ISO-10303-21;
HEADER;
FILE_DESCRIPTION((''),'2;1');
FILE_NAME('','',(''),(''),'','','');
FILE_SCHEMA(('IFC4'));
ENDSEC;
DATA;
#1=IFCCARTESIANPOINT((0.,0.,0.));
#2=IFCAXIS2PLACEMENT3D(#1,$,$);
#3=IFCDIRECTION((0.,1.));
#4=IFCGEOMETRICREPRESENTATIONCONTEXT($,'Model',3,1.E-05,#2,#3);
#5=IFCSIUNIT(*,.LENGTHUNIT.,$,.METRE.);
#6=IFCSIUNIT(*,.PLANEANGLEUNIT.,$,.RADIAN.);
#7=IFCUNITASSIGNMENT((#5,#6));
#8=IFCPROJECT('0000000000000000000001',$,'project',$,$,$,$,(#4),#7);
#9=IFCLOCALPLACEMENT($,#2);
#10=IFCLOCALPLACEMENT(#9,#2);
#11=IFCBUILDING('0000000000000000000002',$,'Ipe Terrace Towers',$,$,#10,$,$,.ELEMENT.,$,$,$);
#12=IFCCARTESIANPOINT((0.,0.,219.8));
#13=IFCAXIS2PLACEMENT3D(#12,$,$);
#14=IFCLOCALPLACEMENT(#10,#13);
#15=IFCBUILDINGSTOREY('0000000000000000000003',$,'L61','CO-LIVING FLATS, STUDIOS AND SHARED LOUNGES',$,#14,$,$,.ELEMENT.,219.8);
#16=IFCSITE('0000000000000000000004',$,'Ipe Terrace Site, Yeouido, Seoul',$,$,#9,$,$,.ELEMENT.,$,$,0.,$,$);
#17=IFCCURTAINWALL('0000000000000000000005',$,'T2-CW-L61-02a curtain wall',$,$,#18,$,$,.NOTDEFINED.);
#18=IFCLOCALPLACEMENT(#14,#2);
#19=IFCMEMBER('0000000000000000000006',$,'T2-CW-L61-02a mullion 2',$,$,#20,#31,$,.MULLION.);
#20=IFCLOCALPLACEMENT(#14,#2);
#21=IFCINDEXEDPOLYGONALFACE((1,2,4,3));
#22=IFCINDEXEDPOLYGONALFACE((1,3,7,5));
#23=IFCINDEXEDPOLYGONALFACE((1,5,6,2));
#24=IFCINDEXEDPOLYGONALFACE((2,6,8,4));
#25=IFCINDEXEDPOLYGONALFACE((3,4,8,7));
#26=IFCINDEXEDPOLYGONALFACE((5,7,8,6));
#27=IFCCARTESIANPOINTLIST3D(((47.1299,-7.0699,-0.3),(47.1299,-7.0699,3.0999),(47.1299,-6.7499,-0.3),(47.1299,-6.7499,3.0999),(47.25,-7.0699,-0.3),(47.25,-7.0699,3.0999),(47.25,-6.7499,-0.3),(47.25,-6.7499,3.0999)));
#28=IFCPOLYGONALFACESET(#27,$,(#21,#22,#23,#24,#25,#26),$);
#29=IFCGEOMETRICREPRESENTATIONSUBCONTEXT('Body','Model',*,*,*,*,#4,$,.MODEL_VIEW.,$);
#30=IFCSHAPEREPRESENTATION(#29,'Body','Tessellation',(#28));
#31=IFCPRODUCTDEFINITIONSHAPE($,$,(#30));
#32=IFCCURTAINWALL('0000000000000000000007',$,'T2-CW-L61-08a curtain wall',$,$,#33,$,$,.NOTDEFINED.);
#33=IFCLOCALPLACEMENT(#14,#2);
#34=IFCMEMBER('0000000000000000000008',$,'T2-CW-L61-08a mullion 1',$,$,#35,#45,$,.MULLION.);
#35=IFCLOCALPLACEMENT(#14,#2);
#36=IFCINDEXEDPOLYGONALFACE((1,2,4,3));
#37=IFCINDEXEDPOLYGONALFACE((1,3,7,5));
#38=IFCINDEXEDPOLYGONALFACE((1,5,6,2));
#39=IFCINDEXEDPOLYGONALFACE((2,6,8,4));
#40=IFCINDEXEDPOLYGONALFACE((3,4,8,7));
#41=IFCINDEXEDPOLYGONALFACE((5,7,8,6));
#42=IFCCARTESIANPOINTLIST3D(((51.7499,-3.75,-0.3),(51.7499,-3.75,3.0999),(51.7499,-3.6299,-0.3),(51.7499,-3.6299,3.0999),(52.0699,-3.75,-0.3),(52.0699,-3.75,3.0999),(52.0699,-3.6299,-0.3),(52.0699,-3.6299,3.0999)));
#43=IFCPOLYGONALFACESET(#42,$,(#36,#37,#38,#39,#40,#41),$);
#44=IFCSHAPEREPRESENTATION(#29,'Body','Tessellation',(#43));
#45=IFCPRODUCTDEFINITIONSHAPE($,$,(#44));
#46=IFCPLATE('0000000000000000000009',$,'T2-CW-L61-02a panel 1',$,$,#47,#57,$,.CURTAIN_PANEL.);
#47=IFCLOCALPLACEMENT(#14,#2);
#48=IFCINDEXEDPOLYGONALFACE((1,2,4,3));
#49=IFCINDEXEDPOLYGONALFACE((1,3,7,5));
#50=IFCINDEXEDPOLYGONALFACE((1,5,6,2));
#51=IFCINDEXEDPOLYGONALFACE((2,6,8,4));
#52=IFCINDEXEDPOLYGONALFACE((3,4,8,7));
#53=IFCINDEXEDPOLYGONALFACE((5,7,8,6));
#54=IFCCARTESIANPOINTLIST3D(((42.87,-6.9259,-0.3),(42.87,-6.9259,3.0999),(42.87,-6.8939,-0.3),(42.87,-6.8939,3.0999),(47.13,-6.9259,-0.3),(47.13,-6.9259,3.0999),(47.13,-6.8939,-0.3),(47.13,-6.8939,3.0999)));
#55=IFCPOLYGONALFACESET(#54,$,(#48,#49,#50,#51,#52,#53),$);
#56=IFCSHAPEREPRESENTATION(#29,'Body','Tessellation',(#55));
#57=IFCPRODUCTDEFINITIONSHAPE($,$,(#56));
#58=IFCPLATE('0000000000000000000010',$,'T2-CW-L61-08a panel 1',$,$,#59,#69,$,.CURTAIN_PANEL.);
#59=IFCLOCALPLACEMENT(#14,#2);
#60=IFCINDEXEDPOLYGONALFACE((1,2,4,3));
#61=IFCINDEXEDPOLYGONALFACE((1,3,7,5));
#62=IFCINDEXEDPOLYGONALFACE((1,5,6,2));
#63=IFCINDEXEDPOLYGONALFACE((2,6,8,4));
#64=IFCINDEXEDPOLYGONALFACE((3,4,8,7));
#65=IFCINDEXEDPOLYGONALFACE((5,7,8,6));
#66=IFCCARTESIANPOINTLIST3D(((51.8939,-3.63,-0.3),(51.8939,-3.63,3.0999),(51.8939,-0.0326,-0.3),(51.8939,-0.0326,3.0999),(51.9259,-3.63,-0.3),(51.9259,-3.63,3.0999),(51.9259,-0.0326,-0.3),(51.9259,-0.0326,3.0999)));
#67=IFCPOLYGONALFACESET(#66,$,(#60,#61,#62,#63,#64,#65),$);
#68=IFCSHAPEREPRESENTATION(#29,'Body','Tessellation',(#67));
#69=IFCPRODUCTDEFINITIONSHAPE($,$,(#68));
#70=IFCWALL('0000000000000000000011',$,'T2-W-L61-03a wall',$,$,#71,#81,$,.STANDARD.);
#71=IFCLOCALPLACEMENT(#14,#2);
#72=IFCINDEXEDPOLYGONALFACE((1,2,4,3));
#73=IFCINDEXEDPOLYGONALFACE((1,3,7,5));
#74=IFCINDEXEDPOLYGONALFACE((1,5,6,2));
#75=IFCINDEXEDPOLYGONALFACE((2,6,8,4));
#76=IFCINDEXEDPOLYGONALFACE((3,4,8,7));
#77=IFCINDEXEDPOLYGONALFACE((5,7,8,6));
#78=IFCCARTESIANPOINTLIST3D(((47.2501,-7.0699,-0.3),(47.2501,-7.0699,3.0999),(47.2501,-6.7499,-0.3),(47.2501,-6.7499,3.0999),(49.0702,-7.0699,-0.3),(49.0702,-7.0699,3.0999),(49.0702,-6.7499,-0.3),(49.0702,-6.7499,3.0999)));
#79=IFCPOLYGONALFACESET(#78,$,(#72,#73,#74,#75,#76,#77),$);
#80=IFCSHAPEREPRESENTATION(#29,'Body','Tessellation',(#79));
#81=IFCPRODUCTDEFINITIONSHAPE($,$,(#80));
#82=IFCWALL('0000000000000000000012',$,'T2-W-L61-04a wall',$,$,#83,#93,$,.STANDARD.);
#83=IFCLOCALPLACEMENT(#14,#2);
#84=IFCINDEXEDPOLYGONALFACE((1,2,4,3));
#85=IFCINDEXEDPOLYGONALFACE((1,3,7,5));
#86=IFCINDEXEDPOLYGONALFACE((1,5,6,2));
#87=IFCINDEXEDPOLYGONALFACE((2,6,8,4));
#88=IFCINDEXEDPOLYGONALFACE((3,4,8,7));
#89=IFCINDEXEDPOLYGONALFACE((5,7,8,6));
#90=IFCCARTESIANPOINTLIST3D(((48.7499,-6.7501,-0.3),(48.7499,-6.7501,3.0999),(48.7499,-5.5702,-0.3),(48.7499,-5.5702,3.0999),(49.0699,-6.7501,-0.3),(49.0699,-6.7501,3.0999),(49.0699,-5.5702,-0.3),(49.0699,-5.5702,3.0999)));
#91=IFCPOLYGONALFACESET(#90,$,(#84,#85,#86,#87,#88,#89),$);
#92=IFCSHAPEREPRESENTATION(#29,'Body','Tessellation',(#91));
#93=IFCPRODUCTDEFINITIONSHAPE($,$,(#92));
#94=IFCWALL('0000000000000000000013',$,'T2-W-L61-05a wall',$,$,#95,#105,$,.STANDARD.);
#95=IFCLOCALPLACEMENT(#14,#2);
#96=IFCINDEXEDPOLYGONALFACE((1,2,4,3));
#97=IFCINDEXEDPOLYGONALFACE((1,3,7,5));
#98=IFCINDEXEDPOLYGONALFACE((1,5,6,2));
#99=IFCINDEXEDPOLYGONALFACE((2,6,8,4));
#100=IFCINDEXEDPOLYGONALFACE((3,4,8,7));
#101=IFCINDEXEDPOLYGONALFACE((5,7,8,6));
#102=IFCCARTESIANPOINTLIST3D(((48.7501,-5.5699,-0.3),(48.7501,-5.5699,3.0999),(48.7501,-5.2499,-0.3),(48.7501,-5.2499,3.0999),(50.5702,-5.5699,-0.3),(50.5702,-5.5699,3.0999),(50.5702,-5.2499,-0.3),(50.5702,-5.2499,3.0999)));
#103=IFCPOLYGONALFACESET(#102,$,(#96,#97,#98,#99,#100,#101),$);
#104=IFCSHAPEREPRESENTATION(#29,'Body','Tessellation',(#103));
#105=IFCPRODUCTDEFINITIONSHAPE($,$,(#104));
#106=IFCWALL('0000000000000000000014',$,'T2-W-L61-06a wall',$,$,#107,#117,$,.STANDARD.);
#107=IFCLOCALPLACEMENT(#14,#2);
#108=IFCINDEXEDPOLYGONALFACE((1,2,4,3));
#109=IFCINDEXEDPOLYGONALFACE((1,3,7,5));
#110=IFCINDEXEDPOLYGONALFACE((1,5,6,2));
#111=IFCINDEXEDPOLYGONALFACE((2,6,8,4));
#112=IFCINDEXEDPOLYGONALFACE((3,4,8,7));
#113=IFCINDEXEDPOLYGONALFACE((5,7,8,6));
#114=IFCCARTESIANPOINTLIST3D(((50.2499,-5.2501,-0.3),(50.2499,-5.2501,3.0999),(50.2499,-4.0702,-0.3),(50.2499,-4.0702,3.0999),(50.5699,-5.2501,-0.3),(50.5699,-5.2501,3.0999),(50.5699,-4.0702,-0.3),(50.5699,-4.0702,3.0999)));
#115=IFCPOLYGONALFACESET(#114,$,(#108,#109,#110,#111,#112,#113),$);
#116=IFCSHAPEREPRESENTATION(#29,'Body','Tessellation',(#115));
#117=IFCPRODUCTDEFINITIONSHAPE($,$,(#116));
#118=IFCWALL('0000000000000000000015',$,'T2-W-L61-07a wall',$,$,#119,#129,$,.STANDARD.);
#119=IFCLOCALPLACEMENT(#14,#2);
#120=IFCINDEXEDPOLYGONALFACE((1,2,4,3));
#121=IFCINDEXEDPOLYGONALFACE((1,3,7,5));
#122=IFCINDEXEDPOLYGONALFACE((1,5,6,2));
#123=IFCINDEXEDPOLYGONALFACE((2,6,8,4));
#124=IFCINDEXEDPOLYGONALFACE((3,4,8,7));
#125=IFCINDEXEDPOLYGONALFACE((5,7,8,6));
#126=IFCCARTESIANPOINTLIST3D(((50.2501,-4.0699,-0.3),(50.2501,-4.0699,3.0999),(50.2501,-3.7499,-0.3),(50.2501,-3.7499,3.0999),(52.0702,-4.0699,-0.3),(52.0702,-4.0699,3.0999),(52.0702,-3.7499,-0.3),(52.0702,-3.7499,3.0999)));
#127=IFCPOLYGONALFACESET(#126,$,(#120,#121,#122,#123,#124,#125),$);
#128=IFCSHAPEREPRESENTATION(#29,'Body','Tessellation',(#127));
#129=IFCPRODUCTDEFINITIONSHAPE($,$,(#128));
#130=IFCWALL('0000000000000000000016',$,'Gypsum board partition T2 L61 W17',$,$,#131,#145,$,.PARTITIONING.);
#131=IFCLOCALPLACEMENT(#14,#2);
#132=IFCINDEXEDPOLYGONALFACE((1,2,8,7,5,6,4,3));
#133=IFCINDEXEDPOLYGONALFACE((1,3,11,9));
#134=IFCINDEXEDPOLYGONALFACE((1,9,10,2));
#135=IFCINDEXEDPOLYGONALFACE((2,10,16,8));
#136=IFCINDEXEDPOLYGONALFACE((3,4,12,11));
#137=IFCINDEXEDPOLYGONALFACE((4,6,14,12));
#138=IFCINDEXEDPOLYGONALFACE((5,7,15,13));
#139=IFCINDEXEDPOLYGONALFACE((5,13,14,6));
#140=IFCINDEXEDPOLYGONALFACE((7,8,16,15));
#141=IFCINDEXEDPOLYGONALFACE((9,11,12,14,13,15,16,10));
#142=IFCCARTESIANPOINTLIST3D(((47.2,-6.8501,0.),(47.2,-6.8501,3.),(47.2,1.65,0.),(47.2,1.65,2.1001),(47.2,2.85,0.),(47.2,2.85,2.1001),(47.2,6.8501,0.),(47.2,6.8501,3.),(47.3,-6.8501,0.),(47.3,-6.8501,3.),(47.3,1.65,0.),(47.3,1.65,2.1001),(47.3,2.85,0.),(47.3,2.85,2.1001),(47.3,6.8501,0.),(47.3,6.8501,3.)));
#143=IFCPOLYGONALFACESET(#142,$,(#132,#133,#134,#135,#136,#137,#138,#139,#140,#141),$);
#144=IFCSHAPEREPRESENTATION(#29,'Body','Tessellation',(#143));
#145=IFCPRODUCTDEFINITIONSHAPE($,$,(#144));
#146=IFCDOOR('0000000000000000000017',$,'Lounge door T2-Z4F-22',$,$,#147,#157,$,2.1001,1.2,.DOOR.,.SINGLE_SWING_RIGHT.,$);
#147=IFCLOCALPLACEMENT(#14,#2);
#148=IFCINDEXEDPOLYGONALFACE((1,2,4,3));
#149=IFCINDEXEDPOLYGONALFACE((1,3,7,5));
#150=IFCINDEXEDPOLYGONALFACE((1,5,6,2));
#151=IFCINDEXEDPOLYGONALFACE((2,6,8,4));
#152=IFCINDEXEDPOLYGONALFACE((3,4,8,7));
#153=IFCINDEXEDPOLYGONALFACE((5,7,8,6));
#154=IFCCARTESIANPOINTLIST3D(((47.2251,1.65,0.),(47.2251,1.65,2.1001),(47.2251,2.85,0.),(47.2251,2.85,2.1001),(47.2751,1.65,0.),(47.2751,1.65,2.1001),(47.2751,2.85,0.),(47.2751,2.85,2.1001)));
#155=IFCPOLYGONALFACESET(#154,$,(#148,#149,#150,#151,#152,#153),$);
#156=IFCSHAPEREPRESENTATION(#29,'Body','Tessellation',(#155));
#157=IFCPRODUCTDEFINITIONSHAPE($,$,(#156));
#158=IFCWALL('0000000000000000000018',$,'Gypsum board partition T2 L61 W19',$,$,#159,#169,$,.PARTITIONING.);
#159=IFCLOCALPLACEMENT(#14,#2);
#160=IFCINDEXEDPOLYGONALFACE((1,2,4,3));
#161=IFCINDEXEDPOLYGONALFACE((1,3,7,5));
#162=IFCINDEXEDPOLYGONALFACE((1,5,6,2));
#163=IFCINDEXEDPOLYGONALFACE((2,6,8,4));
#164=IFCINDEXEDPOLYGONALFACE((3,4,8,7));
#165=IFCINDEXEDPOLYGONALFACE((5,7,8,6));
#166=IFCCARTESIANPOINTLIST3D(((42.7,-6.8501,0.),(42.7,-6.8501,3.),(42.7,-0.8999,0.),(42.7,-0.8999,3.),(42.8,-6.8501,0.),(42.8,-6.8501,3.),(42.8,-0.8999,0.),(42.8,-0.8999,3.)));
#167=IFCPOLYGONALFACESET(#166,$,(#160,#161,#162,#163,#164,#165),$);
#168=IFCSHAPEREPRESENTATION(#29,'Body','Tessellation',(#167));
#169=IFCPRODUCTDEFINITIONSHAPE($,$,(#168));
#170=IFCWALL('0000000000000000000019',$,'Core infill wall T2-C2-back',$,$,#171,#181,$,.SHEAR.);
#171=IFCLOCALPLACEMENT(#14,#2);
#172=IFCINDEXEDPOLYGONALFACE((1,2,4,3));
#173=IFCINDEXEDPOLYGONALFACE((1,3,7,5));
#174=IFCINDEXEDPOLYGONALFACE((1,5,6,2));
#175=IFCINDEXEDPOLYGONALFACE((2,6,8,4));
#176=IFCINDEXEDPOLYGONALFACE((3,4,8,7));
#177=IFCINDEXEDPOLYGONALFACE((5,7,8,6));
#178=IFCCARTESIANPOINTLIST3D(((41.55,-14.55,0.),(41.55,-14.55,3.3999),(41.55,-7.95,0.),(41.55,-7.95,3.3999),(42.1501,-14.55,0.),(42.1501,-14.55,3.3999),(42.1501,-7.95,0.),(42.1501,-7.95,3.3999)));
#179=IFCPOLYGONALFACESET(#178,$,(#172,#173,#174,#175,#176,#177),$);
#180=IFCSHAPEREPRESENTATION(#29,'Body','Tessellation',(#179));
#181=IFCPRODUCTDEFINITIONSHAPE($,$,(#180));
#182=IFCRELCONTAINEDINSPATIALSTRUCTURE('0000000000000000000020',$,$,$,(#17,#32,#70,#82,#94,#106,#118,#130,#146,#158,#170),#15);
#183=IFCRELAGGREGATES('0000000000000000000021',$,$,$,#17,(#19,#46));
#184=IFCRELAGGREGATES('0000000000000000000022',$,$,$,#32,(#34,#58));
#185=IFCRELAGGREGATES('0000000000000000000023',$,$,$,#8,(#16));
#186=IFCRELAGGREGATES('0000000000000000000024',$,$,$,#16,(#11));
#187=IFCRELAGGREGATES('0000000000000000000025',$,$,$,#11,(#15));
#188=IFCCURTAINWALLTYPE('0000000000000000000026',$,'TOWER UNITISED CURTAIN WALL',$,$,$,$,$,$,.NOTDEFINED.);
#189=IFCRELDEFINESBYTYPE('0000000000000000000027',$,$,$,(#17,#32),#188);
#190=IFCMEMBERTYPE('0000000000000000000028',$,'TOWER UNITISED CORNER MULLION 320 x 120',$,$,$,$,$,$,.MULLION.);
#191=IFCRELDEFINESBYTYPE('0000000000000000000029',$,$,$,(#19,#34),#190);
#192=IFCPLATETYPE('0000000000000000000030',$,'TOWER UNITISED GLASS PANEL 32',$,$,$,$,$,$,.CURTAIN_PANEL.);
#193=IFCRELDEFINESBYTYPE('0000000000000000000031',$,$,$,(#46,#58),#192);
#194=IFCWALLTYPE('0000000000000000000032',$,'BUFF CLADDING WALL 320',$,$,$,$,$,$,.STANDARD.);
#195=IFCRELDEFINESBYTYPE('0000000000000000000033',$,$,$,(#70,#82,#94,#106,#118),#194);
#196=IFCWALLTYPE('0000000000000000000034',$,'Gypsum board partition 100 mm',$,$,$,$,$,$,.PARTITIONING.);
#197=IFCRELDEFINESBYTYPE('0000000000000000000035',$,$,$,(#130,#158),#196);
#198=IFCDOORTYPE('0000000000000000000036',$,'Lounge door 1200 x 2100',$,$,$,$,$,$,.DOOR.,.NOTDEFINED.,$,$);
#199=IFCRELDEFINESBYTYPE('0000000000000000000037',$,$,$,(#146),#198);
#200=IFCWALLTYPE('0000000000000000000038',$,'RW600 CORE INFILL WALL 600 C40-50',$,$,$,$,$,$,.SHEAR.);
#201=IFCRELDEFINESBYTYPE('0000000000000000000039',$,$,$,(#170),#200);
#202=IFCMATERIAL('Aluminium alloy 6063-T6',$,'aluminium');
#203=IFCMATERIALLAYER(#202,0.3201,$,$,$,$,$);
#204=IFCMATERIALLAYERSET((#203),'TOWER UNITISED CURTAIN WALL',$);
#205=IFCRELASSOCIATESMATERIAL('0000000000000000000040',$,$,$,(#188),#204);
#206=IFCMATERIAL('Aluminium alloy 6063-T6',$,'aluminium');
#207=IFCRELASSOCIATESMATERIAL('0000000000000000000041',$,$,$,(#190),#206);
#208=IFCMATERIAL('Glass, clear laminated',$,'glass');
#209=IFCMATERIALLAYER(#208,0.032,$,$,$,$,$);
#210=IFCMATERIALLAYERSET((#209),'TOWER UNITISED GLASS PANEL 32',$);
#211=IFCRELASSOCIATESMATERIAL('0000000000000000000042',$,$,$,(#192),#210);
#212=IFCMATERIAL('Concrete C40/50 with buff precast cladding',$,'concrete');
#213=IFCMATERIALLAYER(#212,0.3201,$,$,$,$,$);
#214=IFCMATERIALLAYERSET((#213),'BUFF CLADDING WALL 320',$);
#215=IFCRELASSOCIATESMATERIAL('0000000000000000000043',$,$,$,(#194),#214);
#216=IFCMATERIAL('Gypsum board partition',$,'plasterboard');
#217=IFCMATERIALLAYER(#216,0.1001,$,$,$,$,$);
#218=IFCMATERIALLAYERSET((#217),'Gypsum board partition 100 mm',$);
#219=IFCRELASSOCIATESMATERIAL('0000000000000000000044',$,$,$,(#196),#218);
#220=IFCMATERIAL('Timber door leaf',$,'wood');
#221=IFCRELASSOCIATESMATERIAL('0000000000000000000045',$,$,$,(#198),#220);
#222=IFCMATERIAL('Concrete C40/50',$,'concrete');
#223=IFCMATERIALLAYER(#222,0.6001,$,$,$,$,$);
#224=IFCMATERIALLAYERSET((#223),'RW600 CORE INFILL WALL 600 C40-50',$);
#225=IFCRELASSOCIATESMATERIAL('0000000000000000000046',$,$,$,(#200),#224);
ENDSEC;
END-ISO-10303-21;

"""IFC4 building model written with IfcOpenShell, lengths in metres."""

from ifc_helpers import new_model, si_unit, direction, frame, frame_2d, origin, origin_2d, place, context, subcontext, project, spatial, rectangle, extrude, material, layer, layer_set, material_profile, profile_set, type_object, element, fill, aggregate, save


model = new_model("IFC4")

# Units and contexts
model_context = context("Model", 3, precision=1e-05, world=origin(), true_north=direction((0.0, 1.0)))
body_context = subcontext(model_context, "Body", "Model", "MODEL_VIEW")
ifc_project = project(units=[si_unit("LENGTHUNIT", "METRE"), si_unit("PLANEANGLEUNIT", "RADIAN")], contexts=[model_context])

# Site, building, storey
site_placement = place(None, origin())
site = spatial("IfcSite", under=ifc_project, at=site_placement, Name="Ipe Terrace Site, Yeouido, Seoul", CompositionType="ELEMENT", RefElevation=0.0)
building_placement = place(site_placement, origin())
building = spatial("IfcBuilding", under=site, at=building_placement, Name="Ipe Terrace Towers", CompositionType="ELEMENT")
storey_placement = place(building_placement, frame((0.0, 0.0, 219.8)))
storey = spatial("IfcBuildingStorey", under=building, at=storey_placement, Name="L61", Description="CO-LIVING FLATS, STUDIOS AND SHARED LOUNGES", CompositionType="ELEMENT", Elevation=219.8)

# Curtain wall, member
ifc_material_1 = material(Name="Aluminium alloy 6063-T6", Category="aluminium")
ifc_layer_1 = layer(ifc_material_1, 0.3201)
ifc_layer_set_1 = layer_set([ifc_layer_1], Name="TOWER UNITISED CURTAIN WALL")
curtain_wall_type = type_object("IfcCurtainWallType", Name="TOWER UNITISED CURTAIN WALL", PredefinedType="NOTDEFINED", material=ifc_layer_set_1)
curtain_wall_1_placement = place(storey_placement, origin())
curtain_wall_1 = element("IfcCurtainWall", 1, at=curtain_wall_1_placement, inside=storey, type_object=curtain_wall_type, Name="T2-CW-L61-02a curtain wall", PredefinedType="NOTDEFINED")
ifc_material_2 = material(Name="Aluminium alloy 6063-T6", Category="aluminium")
ifc_material_profile_1 = material_profile(ifc_material_2, rectangle(XDim=0.3201, YDim=0.1201, at=origin_2d()), Name="TOWER UNITISED CORNER MULLION 320 x 120")
ifc_profile_set_1 = profile_set([ifc_material_profile_1], Name="Aluminium alloy 6063-T6")
member_type = type_object("IfcMemberType", Name="TOWER UNITISED CORNER MULLION 320 x 120", PredefinedType="MULLION", material=ifc_profile_set_1)
member_1_placement = place(storey_placement, frame((47.1899, -6.9099, -0.3), z_axis=(0.0, 0.0, 1.0), x_axis=(0.0, -1.0, 0.0)))
member_1 = element("IfcMember", 2, at=member_1_placement, type_object=member_type, Name="T2-CW-L61-02a mullion 2", PredefinedType="MULLION", context=body_context, shape_type="SweptSolid", body=[
    extrude(rectangle(XDim=0.3201, YDim=0.1201, at=origin_2d()), origin(), (0.0, 0.0, 1.0), 3.3999),
])

# Curtain wall, member
curtain_wall_2_placement = place(storey_placement, origin())
curtain_wall_2 = element("IfcCurtainWall", 3, at=curtain_wall_2_placement, inside=storey, type_object=curtain_wall_type, Name="T2-CW-L61-08a curtain wall", PredefinedType="NOTDEFINED")
member_2_placement = place(storey_placement, frame((51.9099, -3.6899, -0.3), z_axis=(0.0, 0.0, 1.0), x_axis=(1.0, 0.0, 0.0)))
member_2 = element("IfcMember", 4, at=member_2_placement, type_object=member_type, Name="T2-CW-L61-08a mullion 1", PredefinedType="MULLION", context=body_context, shape_type="SweptSolid", body=[
    extrude(rectangle(XDim=0.3201, YDim=0.1201, at=origin_2d()), origin(), (0.0, 0.0, 1.0), 3.3999),
])

# Plates
ifc_material_3 = material(Name="Glass, clear laminated", Category="glass")
ifc_layer_2 = layer(ifc_material_3, 0.032)
ifc_layer_set_2 = layer_set([ifc_layer_2], Name="TOWER UNITISED GLASS PANEL 32")
plate_type = type_object("IfcPlateType", Name="TOWER UNITISED GLASS PANEL 32", PredefinedType="CURTAIN_PANEL", material=ifc_layer_set_2)
plate_1_placement = place(storey_placement, frame((45.0, -6.9099, -0.3), z_axis=(0.0, 0.0, 1.0), x_axis=(1.0, 0.0, 0.0)))
plate_1 = element("IfcPlate", 5, at=plate_1_placement, type_object=plate_type, Name="T2-CW-L61-02a panel 1", PredefinedType="CURTAIN_PANEL", context=body_context, shape_type="SweptSolid", body=[
    extrude(rectangle(XDim=4.26, YDim=0.032, at=origin_2d()), origin(), (0.0, 0.0, 1.0), 3.3999),
])
aggregate(curtain_wall_1, [member_1, plate_1])
plate_2_placement = place(storey_placement, frame((51.9099, -1.8313, -0.3), z_axis=(0.0, 0.0, 1.0), x_axis=(0.0, 1.0, 0.0)))
plate_2 = element("IfcPlate", 6, at=plate_2_placement, type_object=plate_type, Name="T2-CW-L61-08a panel 1", PredefinedType="CURTAIN_PANEL", context=body_context, shape_type="SweptSolid", body=[
    extrude(rectangle(XDim=3.5974, YDim=0.032, at=origin_2d()), origin(), (0.0, 0.0, 1.0), 3.3999),
])
aggregate(curtain_wall_2, [member_2, plate_2])

# Walls
ifc_material_4 = material(Name="Concrete C40/50 with buff precast cladding", Category="concrete")
ifc_layer_3 = layer(ifc_material_4, 0.3201)
ifc_layer_set_3 = layer_set([ifc_layer_3], Name="BUFF CLADDING WALL 320")
wall_type_1 = type_object("IfcWallType", Name="BUFF CLADDING WALL 320", PredefinedType="STANDARD", material=ifc_layer_set_3)
wall_1_placement = place(storey_placement, frame((47.25, -6.9099, -0.3), z_axis=(0.0, 0.0, 1.0), x_axis=(1.0, 0.0, 0.0)))
element("IfcWall", 7, at=wall_1_placement, inside=storey, type_object=wall_type_1, Name="T2-W-L61-03a wall", PredefinedType="STANDARD", context=body_context, shape_type="SweptSolid", body=[
    extrude(rectangle(XDim=1.8201, YDim=0.3201, at=frame_2d((0.9102, 0.0))), origin(), (0.0, 0.0, 1.0), 3.3999),
])
wall_2_placement = place(storey_placement, frame((48.9099, -6.75, -0.3), z_axis=(0.0, 0.0, 1.0), x_axis=(0.0, 1.0, 0.0)))
element("IfcWall", 8, at=wall_2_placement, inside=storey, type_object=wall_type_1, Name="T2-W-L61-04a wall", PredefinedType="STANDARD", context=body_context, shape_type="SweptSolid", body=[
    extrude(rectangle(XDim=1.1799, YDim=0.3201, at=frame_2d((0.5898, 0.0))), origin(), (0.0, 0.0, 1.0), 3.3999),
])
wall_3_placement = place(storey_placement, frame((48.75, -5.4099, -0.3), z_axis=(0.0, 0.0, 1.0), x_axis=(1.0, 0.0, 0.0)))
element("IfcWall", 9, at=wall_3_placement, inside=storey, type_object=wall_type_1, Name="T2-W-L61-05a wall", PredefinedType="STANDARD", context=body_context, shape_type="SweptSolid", body=[
    extrude(rectangle(XDim=1.8201, YDim=0.3201, at=frame_2d((0.9102, 0.0))), origin(), (0.0, 0.0, 1.0), 3.3999),
])
wall_4_placement = place(storey_placement, frame((50.4099, -5.25, -0.3), z_axis=(0.0, 0.0, 1.0), x_axis=(0.0, 1.0, 0.0)))
element("IfcWall", 10, at=wall_4_placement, inside=storey, type_object=wall_type_1, Name="T2-W-L61-06a wall", PredefinedType="STANDARD", context=body_context, shape_type="SweptSolid", body=[
    extrude(rectangle(XDim=1.1799, YDim=0.3201, at=frame_2d((0.5898, 0.0))), origin(), (0.0, 0.0, 1.0), 3.3999),
])
wall_5_placement = place(storey_placement, frame((50.25, -3.9099, -0.3), z_axis=(0.0, 0.0, 1.0), x_axis=(1.0, 0.0, 0.0)))
element("IfcWall", 11, at=wall_5_placement, inside=storey, type_object=wall_type_1, Name="T2-W-L61-07a wall", PredefinedType="STANDARD", context=body_context, shape_type="SweptSolid", body=[
    extrude(rectangle(XDim=1.8201, YDim=0.3201, at=frame_2d((0.9102, 0.0))), origin(), (0.0, 0.0, 1.0), 3.3999),
])

# Wall, opening, door
ifc_material_5 = material(Name="Gypsum board partition", Category="plasterboard")
ifc_layer_4 = layer(ifc_material_5, 0.1001)
ifc_layer_set_4 = layer_set([ifc_layer_4], Name="Gypsum board partition 100 mm")
wall_type_2 = type_object("IfcWallType", Name="Gypsum board partition 100 mm", PredefinedType="PARTITIONING", material=ifc_layer_set_4)
wall_6_placement = place(storey_placement, frame((47.25, -6.8501, 0.0), z_axis=(0.0, 0.0, 1.0), x_axis=(0.0, 1.0, 0.0)))
wall_6 = element("IfcWall", 12, at=wall_6_placement, inside=storey, type_object=wall_type_2, Name="Gypsum board partition T2 L61 W17", PredefinedType="PARTITIONING", context=body_context, shape_type="SweptSolid", body=[
    extrude(rectangle(XDim=13.7002, YDim=0.1001, at=frame_2d((6.8501, 0.0))), origin(), (0.0, 0.0, 1.0), 3.0),
])
opening_1_placement = place(wall_6_placement, frame((8.5, 0.0, 0.0)))
opening_1 = element("IfcOpeningElement", 13, at=opening_1_placement, cuts=wall_6, PredefinedType="OPENING", context=body_context, shape_type="SweptSolid", body=[
    extrude(rectangle(XDim=1.2, YDim=2.1001, at=frame_2d((0.6001, 1.05))), frame((0.0, 0.0601, 0.0), z_axis=(0.0, -1.0, 0.0), x_axis=(1.0, 0.0, 0.0)), (0.0, 0.0, 1.0), 0.1201),
])
ifc_material_6 = material(Name="Timber door leaf", Category="wood")
door_type_1 = type_object("IfcDoorType", Name="Lounge door 1200 x 2100", OperationType="NOTDEFINED", PredefinedType="DOOR", material=ifc_material_6)
door_1_placement = place(opening_1_placement, origin())
door_1 = element("IfcDoor", 14, at=door_1_placement, inside=storey, type_object=door_type_1, Name="Lounge door T2-Z4F-22", OperationType="SINGLE_SWING_RIGHT", OverallHeight=2.1001, OverallWidth=1.2, PredefinedType="DOOR", context=body_context, shape_type="SweptSolid", body=[
    extrude(rectangle(XDim=1.2, YDim=2.1001, at=frame_2d((0.6001, 1.05))), frame((0.0, 0.0249, 0.0), z_axis=(0.0, -1.0, 0.0), x_axis=(1.0, 0.0, 0.0)), (0.0, 0.0, 1.0), 0.05),
])
fill(opening_1, door_1)

# Walls
wall_7_placement = place(storey_placement, frame((42.75, -6.8501, 0.0), z_axis=(0.0, 0.0, 1.0), x_axis=(0.0, 1.0, 0.0)))
element("IfcWall", 15, at=wall_7_placement, inside=storey, type_object=wall_type_2, Name="Gypsum board partition T2 L61 W19", PredefinedType="PARTITIONING", context=body_context, shape_type="SweptSolid", body=[
    extrude(rectangle(XDim=5.9502, YDim=0.1001, at=frame_2d((2.9751, 0.0))), origin(), (0.0, 0.0, 1.0), 3.0),
])
ifc_material_7 = material(Name="Concrete C40/50", Category="concrete")
ifc_layer_5 = layer(ifc_material_7, 0.6001)
ifc_layer_set_5 = layer_set([ifc_layer_5], Name="RW600 CORE INFILL WALL 600 C40-50")
wall_type_3 = type_object("IfcWallType", Name="RW600 CORE INFILL WALL 600 C40-50", PredefinedType="SHEAR", material=ifc_layer_set_5)
wall_8_placement = place(storey_placement, frame((41.8501, -7.95, 0.0), z_axis=(0.0, 0.0, 1.0), x_axis=(0.0, -1.0, 0.0)))
element("IfcWall", 16, at=wall_8_placement, inside=storey, type_object=wall_type_3, Name="Core infill wall T2-C2-back", PredefinedType="SHEAR", context=body_context, shape_type="SweptSolid", body=[
    extrude(rectangle(XDim=6.6001, YDim=0.6001, at=frame_2d((3.3, 0.0))), origin(), (0.0, 0.0, 1.0), 3.3999),
])

save(model, "model.ifc")
